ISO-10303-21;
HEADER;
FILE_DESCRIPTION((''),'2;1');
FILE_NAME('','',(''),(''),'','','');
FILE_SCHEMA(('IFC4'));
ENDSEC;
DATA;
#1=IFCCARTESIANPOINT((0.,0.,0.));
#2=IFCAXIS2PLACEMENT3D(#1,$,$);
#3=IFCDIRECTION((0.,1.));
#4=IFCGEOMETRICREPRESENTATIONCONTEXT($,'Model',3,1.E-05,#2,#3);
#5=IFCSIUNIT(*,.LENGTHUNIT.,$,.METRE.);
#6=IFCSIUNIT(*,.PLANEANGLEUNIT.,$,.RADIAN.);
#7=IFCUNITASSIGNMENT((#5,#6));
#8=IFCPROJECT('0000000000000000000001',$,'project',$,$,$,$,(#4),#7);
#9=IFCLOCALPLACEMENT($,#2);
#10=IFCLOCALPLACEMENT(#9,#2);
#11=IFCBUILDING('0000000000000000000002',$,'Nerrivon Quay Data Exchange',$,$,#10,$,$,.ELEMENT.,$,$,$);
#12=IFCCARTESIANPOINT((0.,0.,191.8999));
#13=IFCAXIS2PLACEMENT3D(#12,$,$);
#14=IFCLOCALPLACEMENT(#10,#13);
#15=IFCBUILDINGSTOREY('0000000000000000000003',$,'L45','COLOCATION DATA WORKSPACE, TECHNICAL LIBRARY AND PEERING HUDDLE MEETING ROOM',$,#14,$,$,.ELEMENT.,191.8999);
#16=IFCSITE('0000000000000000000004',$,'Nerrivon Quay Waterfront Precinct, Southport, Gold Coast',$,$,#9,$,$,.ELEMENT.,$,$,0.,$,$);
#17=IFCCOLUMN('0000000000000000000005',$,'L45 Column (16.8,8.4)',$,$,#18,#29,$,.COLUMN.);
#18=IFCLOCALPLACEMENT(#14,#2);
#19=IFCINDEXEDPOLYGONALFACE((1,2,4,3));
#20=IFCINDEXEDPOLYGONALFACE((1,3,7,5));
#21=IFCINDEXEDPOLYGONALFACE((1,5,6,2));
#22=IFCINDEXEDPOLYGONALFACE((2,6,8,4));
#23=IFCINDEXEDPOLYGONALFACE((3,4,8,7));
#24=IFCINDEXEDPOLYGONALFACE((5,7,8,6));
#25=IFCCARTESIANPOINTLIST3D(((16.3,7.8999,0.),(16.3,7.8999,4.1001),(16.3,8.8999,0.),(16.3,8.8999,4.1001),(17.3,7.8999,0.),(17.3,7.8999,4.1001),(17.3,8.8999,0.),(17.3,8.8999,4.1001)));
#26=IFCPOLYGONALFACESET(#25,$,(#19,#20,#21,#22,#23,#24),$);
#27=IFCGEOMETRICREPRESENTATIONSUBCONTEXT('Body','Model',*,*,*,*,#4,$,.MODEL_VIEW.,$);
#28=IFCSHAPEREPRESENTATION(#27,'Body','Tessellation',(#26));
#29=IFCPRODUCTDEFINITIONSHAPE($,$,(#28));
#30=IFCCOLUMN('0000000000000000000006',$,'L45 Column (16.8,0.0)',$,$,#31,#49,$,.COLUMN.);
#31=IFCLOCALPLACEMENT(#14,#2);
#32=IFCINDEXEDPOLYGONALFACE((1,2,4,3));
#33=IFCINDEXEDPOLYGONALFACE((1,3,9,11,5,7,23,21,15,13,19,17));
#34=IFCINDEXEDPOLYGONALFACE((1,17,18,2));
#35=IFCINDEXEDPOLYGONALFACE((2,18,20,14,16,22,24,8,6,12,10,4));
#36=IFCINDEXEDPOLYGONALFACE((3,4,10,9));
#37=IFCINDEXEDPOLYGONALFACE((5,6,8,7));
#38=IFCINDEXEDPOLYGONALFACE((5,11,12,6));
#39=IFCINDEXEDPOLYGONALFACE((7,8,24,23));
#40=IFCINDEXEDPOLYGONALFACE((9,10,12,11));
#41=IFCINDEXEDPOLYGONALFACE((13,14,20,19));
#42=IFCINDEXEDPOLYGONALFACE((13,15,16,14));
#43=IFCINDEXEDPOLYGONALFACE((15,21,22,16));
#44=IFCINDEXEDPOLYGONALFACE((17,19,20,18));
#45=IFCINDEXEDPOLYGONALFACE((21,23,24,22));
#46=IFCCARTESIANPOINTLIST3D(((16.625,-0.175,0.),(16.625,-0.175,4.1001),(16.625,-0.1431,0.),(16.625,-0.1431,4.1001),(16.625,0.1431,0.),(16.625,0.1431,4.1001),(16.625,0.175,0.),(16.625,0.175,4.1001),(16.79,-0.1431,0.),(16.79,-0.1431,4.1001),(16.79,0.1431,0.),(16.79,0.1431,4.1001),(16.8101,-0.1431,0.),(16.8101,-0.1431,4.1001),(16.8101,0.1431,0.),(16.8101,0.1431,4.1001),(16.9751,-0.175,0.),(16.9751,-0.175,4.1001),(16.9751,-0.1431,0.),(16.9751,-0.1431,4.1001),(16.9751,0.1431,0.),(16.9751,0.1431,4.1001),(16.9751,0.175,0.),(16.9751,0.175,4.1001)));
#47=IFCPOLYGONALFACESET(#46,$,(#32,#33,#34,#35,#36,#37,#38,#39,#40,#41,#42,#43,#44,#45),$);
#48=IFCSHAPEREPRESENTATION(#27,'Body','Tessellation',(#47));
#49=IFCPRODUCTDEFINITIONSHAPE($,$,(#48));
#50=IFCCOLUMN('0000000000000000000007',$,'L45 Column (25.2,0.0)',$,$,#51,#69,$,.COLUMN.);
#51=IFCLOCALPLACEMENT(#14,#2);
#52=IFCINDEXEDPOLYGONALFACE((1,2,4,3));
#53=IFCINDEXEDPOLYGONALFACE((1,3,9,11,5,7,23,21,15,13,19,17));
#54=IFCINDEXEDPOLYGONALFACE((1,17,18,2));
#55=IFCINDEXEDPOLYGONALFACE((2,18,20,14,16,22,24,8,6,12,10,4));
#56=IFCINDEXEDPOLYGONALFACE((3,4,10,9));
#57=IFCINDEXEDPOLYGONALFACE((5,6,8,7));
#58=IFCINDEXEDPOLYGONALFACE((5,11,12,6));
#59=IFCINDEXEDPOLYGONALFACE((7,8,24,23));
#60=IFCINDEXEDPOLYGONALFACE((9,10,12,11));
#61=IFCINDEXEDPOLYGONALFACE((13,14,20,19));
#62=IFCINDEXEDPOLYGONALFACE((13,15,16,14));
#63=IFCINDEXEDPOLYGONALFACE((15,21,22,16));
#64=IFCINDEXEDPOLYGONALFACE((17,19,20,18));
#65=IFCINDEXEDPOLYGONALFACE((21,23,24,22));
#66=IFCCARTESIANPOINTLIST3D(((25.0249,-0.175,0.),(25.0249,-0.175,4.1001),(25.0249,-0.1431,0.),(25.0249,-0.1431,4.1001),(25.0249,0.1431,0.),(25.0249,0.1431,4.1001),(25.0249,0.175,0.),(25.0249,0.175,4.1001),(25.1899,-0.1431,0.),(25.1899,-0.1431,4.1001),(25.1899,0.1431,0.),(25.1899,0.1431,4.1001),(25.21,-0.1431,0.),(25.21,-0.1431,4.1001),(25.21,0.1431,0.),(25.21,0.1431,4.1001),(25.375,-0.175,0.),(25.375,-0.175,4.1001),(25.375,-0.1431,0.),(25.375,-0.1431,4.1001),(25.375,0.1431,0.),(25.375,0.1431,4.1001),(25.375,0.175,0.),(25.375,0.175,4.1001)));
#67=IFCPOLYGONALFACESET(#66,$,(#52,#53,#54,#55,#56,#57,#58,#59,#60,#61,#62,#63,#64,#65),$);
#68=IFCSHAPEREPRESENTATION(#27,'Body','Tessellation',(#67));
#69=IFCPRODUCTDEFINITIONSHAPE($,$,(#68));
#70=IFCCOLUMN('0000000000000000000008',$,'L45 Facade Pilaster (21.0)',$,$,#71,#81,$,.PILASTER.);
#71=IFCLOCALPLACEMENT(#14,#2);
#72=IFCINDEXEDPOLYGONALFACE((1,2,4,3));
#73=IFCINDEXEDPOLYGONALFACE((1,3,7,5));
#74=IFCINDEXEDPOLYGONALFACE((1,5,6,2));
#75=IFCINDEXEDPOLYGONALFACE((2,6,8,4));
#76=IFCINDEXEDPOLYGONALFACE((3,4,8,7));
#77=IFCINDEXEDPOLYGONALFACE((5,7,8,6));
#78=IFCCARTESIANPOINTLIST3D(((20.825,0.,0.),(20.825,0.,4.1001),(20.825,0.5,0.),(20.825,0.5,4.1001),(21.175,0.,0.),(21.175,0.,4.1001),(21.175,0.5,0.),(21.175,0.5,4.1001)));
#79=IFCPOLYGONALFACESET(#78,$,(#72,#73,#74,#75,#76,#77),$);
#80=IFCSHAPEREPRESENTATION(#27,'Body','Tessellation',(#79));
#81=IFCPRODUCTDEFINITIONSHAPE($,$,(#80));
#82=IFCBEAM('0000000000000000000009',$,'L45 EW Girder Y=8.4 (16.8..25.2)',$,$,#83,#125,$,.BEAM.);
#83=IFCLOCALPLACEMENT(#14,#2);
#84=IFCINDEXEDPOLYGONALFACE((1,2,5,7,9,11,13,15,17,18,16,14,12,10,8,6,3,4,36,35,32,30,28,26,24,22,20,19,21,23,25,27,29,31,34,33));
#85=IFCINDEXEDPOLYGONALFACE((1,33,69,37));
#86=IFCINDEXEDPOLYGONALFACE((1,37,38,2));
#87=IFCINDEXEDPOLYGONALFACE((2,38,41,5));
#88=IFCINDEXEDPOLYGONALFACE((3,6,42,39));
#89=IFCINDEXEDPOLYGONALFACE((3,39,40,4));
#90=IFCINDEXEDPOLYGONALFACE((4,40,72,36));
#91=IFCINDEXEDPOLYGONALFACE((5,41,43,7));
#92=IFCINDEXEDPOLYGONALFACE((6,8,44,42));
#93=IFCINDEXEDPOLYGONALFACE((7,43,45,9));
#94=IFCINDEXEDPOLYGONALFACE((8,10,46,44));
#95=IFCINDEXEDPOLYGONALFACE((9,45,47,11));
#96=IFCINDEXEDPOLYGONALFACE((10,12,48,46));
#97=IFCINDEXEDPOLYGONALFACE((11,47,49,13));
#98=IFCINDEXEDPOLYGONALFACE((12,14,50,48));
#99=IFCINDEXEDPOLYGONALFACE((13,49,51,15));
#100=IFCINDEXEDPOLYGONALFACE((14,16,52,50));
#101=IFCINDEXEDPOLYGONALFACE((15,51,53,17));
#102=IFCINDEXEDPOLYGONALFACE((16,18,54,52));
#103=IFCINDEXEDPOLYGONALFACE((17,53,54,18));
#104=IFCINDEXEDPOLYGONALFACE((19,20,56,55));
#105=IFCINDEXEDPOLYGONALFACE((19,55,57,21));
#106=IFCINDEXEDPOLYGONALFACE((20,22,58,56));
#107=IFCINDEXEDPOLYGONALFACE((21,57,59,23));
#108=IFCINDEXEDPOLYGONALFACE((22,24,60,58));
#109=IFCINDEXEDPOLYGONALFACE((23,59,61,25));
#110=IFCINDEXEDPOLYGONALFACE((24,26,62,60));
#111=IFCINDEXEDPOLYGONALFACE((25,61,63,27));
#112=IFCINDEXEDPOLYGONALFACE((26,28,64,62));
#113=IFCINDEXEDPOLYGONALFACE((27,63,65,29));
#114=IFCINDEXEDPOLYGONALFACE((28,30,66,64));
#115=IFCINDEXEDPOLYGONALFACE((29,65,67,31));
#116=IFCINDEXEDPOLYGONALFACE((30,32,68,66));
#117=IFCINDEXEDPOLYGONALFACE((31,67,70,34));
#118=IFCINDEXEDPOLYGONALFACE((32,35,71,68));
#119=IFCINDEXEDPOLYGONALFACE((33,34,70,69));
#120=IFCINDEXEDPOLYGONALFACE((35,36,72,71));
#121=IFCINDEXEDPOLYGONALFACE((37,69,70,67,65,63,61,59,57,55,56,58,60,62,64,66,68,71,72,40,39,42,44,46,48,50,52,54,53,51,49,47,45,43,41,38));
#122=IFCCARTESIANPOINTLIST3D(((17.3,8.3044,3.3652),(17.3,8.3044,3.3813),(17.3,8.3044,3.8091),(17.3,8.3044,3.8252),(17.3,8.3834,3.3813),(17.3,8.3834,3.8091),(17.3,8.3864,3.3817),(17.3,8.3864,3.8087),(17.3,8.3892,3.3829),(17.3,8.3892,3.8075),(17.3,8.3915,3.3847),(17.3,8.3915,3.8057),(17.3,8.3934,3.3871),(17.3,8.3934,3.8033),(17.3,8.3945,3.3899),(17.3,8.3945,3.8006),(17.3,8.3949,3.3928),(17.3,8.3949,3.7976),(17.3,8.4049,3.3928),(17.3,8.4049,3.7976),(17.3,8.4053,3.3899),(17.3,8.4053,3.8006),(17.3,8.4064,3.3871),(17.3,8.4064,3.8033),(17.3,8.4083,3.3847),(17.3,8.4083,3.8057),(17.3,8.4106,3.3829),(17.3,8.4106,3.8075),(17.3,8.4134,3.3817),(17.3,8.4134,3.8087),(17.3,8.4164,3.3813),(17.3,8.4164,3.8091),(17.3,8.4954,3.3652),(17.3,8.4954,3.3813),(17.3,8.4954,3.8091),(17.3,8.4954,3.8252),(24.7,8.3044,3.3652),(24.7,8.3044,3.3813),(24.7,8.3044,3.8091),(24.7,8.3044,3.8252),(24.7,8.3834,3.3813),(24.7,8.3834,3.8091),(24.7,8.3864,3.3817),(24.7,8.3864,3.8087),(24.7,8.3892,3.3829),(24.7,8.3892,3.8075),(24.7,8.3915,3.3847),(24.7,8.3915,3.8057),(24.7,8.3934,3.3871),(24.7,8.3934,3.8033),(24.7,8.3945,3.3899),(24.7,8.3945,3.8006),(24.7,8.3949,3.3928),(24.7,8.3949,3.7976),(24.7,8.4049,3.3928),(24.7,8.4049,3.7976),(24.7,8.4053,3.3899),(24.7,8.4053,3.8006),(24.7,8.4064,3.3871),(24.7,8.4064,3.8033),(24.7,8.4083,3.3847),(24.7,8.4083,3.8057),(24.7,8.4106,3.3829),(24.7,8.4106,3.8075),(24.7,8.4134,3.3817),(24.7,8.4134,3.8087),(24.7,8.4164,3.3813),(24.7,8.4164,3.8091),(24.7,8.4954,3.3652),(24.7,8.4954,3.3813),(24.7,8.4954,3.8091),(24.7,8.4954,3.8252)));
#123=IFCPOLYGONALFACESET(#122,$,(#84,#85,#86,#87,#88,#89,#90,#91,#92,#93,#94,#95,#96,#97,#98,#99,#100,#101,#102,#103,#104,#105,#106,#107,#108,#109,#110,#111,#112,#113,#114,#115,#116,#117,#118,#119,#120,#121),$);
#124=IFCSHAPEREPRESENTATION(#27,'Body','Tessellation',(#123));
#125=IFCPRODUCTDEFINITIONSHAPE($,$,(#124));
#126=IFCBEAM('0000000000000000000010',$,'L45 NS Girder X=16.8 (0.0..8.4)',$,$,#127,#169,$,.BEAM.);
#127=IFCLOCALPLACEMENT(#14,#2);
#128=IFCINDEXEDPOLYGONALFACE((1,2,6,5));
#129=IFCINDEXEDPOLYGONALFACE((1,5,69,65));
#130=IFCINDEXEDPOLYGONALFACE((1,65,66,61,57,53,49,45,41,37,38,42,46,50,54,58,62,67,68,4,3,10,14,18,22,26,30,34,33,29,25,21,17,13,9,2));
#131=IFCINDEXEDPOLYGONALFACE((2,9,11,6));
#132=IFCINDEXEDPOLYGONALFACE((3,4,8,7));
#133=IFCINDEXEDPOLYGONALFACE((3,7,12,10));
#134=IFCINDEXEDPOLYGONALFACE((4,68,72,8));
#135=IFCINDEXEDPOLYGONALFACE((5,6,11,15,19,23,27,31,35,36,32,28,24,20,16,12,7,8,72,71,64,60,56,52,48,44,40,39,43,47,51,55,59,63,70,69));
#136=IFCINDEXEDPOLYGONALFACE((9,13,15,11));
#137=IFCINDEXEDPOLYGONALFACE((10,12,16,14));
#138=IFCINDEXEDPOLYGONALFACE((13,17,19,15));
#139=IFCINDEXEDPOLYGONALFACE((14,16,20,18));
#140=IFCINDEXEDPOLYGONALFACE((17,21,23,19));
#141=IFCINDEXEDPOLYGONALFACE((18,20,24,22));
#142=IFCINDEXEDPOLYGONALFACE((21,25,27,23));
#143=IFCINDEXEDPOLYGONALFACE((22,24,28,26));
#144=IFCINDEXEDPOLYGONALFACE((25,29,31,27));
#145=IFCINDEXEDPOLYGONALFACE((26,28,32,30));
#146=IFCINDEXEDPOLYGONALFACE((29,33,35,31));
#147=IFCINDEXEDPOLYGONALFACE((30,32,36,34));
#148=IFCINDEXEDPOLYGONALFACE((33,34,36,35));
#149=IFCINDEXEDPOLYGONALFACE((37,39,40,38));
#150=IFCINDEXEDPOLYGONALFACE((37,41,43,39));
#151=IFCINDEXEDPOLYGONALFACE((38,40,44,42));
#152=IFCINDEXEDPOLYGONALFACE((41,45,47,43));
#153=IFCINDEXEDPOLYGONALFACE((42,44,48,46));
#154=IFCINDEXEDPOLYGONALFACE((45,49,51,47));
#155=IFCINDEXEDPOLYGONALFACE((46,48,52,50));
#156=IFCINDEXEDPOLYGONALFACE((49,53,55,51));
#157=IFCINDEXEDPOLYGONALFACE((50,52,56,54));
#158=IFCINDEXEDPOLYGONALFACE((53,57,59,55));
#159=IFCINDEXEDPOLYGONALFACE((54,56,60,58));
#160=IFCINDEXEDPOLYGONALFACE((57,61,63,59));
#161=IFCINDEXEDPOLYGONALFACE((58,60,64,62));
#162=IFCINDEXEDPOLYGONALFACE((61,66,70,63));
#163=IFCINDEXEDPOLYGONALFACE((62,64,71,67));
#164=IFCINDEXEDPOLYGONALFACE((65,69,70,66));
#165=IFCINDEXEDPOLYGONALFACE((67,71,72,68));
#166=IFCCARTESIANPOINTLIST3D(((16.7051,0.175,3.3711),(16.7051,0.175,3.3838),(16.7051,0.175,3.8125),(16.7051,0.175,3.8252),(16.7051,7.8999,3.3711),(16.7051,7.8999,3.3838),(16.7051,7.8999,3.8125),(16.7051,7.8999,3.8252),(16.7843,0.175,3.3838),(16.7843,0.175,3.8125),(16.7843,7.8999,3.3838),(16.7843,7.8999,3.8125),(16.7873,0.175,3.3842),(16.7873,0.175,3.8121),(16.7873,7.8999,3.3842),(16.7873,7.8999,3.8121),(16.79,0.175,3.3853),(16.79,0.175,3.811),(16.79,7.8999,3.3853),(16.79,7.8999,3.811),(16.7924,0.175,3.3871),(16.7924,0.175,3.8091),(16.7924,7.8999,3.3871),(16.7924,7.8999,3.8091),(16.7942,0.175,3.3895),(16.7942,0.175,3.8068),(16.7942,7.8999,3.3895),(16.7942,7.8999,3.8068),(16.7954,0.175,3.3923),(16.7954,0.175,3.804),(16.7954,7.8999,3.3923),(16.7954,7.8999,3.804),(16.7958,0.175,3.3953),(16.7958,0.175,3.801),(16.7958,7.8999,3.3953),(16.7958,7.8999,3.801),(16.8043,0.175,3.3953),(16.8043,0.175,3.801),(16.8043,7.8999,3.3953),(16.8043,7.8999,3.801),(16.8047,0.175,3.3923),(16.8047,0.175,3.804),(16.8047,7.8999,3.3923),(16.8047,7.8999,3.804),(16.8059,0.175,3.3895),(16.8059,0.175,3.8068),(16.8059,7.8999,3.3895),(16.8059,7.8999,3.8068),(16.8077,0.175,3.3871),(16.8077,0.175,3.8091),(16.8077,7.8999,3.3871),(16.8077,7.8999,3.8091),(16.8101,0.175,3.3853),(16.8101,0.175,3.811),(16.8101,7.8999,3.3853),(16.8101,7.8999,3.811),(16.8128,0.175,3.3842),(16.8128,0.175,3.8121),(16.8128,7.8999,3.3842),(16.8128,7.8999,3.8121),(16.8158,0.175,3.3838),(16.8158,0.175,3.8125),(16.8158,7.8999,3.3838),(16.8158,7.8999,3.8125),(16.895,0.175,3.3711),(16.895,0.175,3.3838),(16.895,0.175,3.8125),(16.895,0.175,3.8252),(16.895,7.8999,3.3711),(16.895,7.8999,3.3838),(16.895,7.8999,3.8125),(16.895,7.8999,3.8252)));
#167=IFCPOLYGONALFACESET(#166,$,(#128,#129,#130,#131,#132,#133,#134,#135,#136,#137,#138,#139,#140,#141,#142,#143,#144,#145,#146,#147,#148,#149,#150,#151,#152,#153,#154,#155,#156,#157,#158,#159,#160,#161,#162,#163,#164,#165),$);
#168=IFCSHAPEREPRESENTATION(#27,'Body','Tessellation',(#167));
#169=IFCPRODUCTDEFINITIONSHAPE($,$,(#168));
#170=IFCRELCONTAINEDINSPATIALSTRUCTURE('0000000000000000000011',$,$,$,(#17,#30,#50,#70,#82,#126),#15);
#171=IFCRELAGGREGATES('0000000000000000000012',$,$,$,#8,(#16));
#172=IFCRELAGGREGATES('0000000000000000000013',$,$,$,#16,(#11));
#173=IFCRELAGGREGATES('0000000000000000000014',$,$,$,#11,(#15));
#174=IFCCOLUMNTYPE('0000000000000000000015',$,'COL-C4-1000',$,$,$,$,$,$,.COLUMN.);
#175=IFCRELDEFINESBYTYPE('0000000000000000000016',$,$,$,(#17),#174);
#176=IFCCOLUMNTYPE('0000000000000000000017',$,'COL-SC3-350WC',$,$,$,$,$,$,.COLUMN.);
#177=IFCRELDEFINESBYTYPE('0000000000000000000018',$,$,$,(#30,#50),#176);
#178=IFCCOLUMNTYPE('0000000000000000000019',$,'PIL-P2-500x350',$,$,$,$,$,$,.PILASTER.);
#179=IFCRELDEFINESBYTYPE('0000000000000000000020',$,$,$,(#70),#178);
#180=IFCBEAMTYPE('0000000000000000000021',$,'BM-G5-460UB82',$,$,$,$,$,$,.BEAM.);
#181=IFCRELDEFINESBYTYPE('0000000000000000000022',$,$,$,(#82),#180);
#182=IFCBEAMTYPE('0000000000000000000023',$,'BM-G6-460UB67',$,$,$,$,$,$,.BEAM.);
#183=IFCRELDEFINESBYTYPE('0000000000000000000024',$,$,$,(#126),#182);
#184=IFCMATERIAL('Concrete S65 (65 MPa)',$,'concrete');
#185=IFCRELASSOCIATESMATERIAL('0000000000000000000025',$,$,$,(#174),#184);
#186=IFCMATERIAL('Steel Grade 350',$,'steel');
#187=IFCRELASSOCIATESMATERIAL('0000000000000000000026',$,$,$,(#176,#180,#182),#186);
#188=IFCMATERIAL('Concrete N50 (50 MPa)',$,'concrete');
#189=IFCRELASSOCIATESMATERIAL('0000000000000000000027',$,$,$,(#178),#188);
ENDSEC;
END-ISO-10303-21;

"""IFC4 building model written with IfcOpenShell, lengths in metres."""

from ifc_helpers import new_model, si_unit, direction, frame, origin, origin_2d, place, context, subcontext, project, spatial, rectangle, i_section, extrude, material, material_profile, profile_set, type_object, element, save


model = new_model("IFC4")

# Units and contexts
model_context = context("Model", 3, precision=1e-05, world=origin(), true_north=direction((0.0, 1.0)))
body_context = subcontext(model_context, "Body", "Model", "MODEL_VIEW")
ifc_project = project(units=[si_unit("LENGTHUNIT", "METRE"), si_unit("PLANEANGLEUNIT", "RADIAN")], contexts=[model_context])

# Site, building, storey
site_placement = place(None, origin())
site = spatial("IfcSite", under=ifc_project, at=site_placement, Name="Nerrivon Quay Waterfront Precinct, Southport, Gold Coast", CompositionType="ELEMENT", RefElevation=0.0)
building_placement = place(site_placement, origin())
building = spatial("IfcBuilding", under=site, at=building_placement, Name="Nerrivon Quay Data Exchange", CompositionType="ELEMENT")
storey_placement = place(building_placement, frame((0.0, 0.0, 191.8999)))
storey = spatial("IfcBuildingStorey", under=building, at=storey_placement, Name="L45", Description="COLOCATION DATA WORKSPACE, TECHNICAL LIBRARY AND PEERING HUDDLE MEETING ROOM", CompositionType="ELEMENT", Elevation=191.8999)

# Columns
ifc_material_1 = material(Name="Concrete S65 (65 MPa)", Category="concrete")
ifc_material_profile_1 = material_profile(ifc_material_1, rectangle(XDim=1.0, YDim=1.0, at=origin_2d()), Name="RC-COL-1000x1000")
ifc_profile_set_1 = profile_set([ifc_material_profile_1], Name="Concrete S65 (65 MPa)")
column_type_1 = type_object("IfcColumnType", Name="COL-C4-1000", PredefinedType="COLUMN", material=ifc_profile_set_1)
column_1_placement = place(storey_placement, frame((16.8, 8.3999, 0.0), z_axis=(0.0, 0.0, 1.0), x_axis=(1.0, 0.0, 0.0)))
element("IfcColumn", 1, at=column_1_placement, inside=storey, type_object=column_type_1, Name="L45 Column (16.8,8.4)", PredefinedType="COLUMN", context=body_context, shape_type="SweptSolid", body=[
    extrude(rectangle(XDim=1.0, YDim=1.0, at=origin_2d()), origin(), (0.0, 0.0, 1.0), 4.1001),
])
ifc_material_2 = material(Name="Steel Grade 350", Category="steel")
ifc_material_profile_2 = material_profile(ifc_material_2, i_section(OverallWidth=0.3501, OverallDepth=0.3501, WebThickness=0.02, FlangeThickness=0.032, at=origin_2d()), Name="350WC230")
ifc_profile_set_2 = profile_set([ifc_material_profile_2], Name="Steel Grade 350")
column_type_2 = type_object("IfcColumnType", Name="COL-SC3-350WC", PredefinedType="COLUMN", material=ifc_profile_set_2)
for number, where, z_axis, x_axis, name in (
    (2, (16.8, 0.0, 0.0), (0.0, 0.0, 1.0), (1.0, 0.0, 0.0), "L45 Column (16.8,0.0)"),
    (3, (25.2, 0.0, 0.0), (0.0, 0.0, 1.0), (1.0, 0.0, 0.0), "L45 Column (25.2,0.0)"),
):
    element("IfcColumn", number, at=place(storey_placement, frame(where, z_axis=z_axis, x_axis=x_axis)), inside=storey, type_object=column_type_2, Name=name, PredefinedType="COLUMN", context=body_context, shape_type="SweptSolid", body=[
        extrude(i_section(OverallWidth=0.3501, OverallDepth=0.3501, WebThickness=0.02, FlangeThickness=0.032, at=origin_2d()), origin(), (0.0, 0.0, 1.0), 4.1001),
    ])
ifc_material_3 = material(Name="Concrete N50 (50 MPa)", Category="concrete")
ifc_material_profile_3 = material_profile(ifc_material_3, rectangle(XDim=0.3501, YDim=0.5, at=origin_2d()), Name="RC-PIL-500x350")
ifc_profile_set_3 = profile_set([ifc_material_profile_3], Name="Concrete N50 (50 MPa)")
column_type_3 = type_object("IfcColumnType", Name="PIL-P2-500x350", PredefinedType="PILASTER", material=ifc_profile_set_3)
column_2_placement = place(storey_placement, frame((21.0, 0.25, 0.0), z_axis=(0.0, 0.0, 1.0), x_axis=(1.0, 0.0, 0.0)))
element("IfcColumn", 4, at=column_2_placement, inside=storey, type_object=column_type_3, Name="L45 Facade Pilaster (21.0)", PredefinedType="PILASTER", context=body_context, shape_type="SweptSolid", body=[
    extrude(rectangle(XDim=0.3501, YDim=0.5, at=origin_2d()), origin(), (0.0, 0.0, 1.0), 4.1001),
])

# Beams
ifc_material_profile_4 = material_profile(ifc_material_2, i_section(OverallWidth=0.1909, OverallDepth=0.46, WebThickness=0.01, FlangeThickness=0.0161, FilletRadius=0.0115, at=origin_2d()), Name="460UB82.1")
ifc_profile_set_4 = profile_set([ifc_material_profile_4], Name="Steel Grade 350")
beam_type_1 = type_object("IfcBeamType", Name="BM-G5-460UB82", PredefinedType="BEAM", material=ifc_profile_set_4)
beam_1_placement = place(storey_placement, frame((17.3, 8.3999, 3.5952), z_axis=(1.0, 0.0, 0.0), x_axis=(0.0, 1.0, 0.0)))
element("IfcBeam", 5, at=beam_1_placement, inside=storey, type_object=beam_type_1, Name="L45 EW Girder Y=8.4 (16.8..25.2)", PredefinedType="BEAM", context=body_context, shape_type="SweptSolid", body=[
    extrude(i_section(OverallWidth=0.1909, OverallDepth=0.46, WebThickness=0.01, FlangeThickness=0.0161, FilletRadius=0.0115, at=origin_2d()), origin(), (0.0, 0.0, 1.0), 7.3999),
])
ifc_material_profile_5 = material_profile(ifc_material_2, i_section(OverallWidth=0.1899, OverallDepth=0.4541, WebThickness=0.0085, FlangeThickness=0.0127, FilletRadius=0.0115, at=origin_2d()), Name="460UB67.1")
ifc_profile_set_5 = profile_set([ifc_material_profile_5], Name="Steel Grade 350")
beam_type_2 = type_object("IfcBeamType", Name="BM-G6-460UB67", PredefinedType="BEAM", material=ifc_profile_set_5)
beam_2_placement = place(storey_placement, frame((16.8, 0.175, 3.5981), z_axis=(0.0, 1.0, 0.0), x_axis=(-1.0, 0.0, 0.0)))
element("IfcBeam", 6, at=beam_2_placement, inside=storey, type_object=beam_type_2, Name="L45 NS Girder X=16.8 (0.0..8.4)", PredefinedType="BEAM", context=body_context, shape_type="SweptSolid", body=[
    extrude(i_section(OverallWidth=0.1899, OverallDepth=0.4541, WebThickness=0.0085, FlangeThickness=0.0127, FilletRadius=0.0115, at=origin_2d()), origin(), (0.0, 0.0, 1.0), 7.7249),
])

save(model, "model.ifc")
